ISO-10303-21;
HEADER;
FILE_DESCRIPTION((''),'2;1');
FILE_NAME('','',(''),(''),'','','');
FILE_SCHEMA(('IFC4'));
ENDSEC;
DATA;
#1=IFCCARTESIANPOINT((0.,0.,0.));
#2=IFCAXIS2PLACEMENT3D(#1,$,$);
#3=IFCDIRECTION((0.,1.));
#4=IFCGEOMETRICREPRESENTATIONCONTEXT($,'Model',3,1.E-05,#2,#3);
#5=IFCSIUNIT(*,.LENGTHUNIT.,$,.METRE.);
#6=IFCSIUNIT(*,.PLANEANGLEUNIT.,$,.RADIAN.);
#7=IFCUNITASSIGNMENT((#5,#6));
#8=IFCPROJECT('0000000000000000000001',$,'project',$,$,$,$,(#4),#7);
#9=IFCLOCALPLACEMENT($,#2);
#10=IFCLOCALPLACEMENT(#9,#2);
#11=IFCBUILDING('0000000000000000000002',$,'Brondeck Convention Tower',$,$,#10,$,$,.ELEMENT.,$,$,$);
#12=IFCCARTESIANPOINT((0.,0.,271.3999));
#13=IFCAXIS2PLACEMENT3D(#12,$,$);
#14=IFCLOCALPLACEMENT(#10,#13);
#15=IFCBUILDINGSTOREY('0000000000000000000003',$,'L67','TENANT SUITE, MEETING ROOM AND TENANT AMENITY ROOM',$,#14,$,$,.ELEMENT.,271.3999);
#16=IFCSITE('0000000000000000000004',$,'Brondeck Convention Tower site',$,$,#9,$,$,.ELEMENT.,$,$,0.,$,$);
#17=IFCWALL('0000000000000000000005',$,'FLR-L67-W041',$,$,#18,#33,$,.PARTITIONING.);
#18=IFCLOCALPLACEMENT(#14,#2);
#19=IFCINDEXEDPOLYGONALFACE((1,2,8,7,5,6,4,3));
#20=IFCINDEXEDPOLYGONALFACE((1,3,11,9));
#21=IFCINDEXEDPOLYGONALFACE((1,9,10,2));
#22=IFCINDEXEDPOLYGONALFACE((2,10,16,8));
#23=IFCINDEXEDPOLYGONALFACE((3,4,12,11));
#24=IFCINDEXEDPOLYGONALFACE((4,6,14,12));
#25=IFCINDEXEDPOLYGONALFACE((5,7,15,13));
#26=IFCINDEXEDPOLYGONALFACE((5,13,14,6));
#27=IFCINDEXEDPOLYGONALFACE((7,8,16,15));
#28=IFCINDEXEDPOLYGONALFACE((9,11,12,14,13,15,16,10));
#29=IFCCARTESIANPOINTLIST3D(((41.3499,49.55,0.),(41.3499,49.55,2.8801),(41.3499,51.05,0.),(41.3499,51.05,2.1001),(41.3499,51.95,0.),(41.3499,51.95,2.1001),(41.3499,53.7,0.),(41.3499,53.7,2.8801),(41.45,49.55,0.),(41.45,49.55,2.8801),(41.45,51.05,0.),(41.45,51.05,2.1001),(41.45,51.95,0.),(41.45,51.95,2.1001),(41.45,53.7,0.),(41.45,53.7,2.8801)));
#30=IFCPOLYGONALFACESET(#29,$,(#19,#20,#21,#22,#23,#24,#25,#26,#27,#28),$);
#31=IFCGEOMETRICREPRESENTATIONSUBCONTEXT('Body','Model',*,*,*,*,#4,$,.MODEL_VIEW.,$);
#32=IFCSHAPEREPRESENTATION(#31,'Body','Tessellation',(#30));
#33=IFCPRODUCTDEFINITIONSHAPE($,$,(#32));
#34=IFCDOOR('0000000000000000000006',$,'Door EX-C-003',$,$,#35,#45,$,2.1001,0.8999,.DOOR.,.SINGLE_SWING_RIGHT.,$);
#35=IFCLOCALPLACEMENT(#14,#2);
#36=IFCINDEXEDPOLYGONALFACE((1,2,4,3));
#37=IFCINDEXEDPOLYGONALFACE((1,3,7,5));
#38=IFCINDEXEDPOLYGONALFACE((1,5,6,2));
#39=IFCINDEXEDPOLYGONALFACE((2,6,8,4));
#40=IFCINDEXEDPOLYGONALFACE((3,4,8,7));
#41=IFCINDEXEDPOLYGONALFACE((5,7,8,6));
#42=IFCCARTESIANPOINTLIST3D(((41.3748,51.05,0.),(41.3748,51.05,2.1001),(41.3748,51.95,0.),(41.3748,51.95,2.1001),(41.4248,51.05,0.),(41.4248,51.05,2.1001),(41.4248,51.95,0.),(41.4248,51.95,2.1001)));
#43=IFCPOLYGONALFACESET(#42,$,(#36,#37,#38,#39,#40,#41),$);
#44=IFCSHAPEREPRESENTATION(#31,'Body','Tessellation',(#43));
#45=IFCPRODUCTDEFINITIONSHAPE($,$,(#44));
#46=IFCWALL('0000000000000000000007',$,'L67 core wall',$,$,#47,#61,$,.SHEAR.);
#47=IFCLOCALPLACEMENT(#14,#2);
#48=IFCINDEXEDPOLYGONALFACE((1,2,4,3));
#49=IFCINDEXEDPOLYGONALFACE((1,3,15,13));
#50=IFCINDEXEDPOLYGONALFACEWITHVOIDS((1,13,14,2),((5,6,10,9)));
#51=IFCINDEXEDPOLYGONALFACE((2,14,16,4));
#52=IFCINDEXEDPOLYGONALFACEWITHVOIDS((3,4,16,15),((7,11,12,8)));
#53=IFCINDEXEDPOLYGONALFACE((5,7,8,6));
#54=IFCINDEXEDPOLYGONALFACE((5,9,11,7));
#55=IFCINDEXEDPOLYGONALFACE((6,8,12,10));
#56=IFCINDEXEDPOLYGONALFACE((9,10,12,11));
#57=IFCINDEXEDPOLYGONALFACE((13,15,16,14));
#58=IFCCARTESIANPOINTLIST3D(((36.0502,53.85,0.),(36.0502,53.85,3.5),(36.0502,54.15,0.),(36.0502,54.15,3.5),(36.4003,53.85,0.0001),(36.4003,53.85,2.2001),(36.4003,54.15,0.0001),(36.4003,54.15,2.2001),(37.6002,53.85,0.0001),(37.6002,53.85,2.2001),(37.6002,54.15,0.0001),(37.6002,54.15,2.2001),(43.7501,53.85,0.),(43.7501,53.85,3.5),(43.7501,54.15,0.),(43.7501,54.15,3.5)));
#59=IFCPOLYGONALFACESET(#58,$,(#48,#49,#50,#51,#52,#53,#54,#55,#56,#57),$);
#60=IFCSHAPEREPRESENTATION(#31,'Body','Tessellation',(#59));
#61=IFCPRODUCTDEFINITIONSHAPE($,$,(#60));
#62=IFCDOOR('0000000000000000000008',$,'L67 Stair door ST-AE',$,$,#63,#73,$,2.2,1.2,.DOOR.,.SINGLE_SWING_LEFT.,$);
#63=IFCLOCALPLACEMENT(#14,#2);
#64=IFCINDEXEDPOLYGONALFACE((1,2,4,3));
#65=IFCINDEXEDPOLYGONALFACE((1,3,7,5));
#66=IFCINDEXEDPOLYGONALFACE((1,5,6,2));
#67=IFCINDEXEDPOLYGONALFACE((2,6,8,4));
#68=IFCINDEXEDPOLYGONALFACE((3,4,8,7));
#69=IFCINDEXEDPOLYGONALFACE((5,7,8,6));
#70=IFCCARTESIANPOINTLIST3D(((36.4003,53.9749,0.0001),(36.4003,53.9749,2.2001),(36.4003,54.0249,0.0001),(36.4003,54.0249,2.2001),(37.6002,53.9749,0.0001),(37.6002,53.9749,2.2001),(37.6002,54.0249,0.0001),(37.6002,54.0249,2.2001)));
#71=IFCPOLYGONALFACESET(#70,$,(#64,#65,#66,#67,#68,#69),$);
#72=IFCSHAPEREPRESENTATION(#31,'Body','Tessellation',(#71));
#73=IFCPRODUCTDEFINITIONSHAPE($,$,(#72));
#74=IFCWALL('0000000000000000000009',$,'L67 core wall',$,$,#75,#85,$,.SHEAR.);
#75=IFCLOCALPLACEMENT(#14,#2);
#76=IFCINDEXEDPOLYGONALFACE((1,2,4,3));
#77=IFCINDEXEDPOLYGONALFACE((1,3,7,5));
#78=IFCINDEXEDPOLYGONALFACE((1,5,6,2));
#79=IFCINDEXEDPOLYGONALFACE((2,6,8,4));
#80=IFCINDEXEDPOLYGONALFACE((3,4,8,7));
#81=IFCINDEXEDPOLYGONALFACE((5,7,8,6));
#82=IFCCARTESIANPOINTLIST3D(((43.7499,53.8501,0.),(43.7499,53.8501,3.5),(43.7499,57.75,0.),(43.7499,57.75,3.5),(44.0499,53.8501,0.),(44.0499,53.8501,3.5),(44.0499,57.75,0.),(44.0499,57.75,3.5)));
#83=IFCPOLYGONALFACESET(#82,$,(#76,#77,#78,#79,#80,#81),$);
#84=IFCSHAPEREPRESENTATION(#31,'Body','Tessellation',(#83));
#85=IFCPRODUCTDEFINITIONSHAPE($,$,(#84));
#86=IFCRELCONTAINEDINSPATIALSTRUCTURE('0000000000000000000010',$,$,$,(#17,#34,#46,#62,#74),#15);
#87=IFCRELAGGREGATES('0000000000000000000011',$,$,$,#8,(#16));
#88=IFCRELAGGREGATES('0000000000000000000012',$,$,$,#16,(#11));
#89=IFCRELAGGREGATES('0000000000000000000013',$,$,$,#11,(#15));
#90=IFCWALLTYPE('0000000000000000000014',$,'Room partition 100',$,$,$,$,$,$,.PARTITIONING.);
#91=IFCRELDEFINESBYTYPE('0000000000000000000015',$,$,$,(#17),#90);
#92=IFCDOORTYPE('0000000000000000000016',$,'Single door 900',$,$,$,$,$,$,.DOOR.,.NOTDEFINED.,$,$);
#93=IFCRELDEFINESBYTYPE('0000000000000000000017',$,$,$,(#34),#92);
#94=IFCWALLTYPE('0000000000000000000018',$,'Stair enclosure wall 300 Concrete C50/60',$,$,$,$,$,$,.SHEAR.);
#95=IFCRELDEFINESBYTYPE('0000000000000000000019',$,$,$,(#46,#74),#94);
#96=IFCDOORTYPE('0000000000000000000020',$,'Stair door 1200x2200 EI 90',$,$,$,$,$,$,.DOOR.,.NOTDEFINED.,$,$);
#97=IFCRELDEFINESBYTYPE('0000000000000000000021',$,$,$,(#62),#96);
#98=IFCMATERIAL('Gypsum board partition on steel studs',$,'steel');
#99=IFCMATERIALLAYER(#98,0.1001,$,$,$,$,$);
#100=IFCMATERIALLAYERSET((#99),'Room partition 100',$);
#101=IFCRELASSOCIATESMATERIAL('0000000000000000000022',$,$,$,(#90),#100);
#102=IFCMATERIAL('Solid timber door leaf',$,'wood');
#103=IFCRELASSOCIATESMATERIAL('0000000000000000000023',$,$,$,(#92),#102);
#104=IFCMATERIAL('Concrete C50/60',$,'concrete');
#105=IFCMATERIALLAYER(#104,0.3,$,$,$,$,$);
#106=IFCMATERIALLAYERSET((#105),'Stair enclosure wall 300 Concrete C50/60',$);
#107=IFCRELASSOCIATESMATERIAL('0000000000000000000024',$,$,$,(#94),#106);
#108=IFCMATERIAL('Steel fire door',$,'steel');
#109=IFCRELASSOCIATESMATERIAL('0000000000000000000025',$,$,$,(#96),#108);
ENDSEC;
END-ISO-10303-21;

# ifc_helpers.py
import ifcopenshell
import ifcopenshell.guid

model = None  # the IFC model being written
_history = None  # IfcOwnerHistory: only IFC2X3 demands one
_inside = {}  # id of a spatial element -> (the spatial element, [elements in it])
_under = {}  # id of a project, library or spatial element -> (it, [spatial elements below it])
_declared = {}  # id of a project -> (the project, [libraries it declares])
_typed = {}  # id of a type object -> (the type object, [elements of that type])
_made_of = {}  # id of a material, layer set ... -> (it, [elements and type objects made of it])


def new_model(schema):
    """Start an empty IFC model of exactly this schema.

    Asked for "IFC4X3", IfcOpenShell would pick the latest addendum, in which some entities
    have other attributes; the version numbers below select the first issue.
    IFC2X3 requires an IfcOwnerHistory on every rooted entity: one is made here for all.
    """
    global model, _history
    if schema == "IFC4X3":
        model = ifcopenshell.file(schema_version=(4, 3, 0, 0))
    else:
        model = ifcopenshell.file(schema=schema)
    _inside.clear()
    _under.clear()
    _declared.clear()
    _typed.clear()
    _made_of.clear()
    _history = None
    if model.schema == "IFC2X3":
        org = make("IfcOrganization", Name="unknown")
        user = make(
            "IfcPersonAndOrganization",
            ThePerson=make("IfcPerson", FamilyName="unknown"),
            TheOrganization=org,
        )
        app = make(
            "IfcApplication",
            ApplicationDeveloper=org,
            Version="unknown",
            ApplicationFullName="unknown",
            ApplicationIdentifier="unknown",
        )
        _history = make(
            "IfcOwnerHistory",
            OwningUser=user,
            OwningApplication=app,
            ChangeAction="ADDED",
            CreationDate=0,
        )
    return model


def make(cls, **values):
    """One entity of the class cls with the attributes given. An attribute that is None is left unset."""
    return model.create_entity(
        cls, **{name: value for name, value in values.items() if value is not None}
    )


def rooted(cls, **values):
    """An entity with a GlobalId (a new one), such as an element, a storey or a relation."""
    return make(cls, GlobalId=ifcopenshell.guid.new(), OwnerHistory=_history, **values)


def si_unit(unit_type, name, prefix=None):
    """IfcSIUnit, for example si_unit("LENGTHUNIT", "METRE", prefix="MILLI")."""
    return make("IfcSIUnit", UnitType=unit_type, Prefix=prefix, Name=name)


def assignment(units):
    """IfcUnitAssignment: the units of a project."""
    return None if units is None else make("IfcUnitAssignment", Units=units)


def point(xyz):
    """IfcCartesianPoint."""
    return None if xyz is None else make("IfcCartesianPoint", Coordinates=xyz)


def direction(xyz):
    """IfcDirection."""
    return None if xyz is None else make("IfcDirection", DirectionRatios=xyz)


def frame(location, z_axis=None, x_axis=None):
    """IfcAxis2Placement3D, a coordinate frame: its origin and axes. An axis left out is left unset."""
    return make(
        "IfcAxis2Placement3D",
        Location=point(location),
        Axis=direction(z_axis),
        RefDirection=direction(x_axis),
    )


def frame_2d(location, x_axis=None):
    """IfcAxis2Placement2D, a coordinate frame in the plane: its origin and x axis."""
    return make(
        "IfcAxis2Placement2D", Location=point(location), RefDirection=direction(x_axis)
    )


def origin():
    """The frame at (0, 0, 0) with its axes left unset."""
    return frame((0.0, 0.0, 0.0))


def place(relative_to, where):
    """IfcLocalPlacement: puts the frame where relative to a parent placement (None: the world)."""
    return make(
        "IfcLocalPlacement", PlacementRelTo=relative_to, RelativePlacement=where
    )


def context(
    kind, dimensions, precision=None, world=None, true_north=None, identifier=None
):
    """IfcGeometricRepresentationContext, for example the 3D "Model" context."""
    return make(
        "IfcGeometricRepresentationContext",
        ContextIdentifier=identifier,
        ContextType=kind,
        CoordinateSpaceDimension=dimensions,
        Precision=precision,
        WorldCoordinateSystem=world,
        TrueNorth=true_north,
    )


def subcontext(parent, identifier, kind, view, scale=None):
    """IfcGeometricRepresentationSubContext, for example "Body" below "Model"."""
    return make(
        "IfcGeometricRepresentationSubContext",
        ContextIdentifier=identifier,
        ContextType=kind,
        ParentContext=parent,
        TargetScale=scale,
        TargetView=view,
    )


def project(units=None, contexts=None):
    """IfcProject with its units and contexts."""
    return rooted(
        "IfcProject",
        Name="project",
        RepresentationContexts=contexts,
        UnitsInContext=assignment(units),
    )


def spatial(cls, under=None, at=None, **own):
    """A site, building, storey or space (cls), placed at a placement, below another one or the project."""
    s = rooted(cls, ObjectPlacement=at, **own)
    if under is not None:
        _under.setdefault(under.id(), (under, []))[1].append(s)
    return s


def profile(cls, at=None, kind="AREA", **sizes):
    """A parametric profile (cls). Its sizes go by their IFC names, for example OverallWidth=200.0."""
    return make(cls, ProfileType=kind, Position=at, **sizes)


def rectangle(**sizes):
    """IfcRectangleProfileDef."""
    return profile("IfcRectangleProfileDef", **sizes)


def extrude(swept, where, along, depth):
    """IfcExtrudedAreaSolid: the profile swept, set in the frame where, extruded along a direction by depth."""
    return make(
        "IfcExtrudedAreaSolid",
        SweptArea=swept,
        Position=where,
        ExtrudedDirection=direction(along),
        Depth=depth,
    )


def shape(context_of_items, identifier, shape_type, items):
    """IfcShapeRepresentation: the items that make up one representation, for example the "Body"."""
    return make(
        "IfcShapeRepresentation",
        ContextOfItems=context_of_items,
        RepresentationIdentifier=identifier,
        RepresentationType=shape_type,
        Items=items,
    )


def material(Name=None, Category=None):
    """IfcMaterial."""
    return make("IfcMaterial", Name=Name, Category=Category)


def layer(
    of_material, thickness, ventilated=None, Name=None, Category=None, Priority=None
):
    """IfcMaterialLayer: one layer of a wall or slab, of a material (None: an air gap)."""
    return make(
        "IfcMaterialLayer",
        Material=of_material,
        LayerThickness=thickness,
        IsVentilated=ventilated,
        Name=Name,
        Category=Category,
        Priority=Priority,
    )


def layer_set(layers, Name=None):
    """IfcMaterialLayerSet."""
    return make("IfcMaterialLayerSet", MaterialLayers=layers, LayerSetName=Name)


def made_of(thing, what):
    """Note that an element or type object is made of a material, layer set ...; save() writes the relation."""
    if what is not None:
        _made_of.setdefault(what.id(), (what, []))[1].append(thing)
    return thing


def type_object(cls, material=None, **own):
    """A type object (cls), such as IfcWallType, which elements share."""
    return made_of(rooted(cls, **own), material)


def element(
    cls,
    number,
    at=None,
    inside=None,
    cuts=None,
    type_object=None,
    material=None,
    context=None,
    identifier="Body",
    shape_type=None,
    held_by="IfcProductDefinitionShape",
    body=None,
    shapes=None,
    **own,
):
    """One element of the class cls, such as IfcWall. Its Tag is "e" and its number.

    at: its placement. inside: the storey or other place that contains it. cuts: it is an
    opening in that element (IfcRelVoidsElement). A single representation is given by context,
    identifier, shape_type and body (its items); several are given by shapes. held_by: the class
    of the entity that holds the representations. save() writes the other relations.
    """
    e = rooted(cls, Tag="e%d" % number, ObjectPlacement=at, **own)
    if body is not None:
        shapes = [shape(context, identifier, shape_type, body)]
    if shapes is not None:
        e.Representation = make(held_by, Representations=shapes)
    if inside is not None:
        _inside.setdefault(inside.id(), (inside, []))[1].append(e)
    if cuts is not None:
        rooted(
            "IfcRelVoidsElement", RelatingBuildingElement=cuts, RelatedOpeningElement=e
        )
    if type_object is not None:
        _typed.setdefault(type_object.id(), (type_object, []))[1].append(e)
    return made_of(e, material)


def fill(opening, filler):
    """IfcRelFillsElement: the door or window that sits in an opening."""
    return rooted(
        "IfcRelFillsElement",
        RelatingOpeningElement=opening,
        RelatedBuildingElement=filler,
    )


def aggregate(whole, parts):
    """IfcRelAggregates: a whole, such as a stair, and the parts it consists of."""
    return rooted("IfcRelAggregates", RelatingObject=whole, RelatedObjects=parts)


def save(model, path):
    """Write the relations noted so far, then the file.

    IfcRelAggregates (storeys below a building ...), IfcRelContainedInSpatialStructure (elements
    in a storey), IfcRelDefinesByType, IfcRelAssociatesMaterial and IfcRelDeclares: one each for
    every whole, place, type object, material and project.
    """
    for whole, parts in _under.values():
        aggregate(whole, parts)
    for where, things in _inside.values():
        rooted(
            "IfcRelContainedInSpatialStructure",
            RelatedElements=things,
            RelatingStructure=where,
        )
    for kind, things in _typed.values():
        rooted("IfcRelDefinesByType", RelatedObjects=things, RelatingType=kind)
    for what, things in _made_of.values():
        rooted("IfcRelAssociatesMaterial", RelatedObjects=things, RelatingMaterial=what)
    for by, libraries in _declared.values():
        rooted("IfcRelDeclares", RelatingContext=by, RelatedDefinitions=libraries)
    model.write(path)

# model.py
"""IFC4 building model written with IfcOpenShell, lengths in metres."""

from ifc_helpers import new_model, si_unit, direction, frame, frame_2d, origin, place, context, subcontext, project, spatial, rectangle, extrude, material, layer, layer_set, type_object, element, fill, save


model = new_model("IFC4")

# Units and contexts
model_context = context("Model", 3, precision=1e-05, world=origin(), true_north=direction((0.0, 1.0)))
body_context = subcontext(model_context, "Body", "Model", "MODEL_VIEW")
ifc_project = project(units=[si_unit("LENGTHUNIT", "METRE"), si_unit("PLANEANGLEUNIT", "RADIAN")], contexts=[model_context])

# Site, building, storey
site_placement = place(None, origin())
site = spatial("IfcSite", under=ifc_project, at=site_placement, Name="Brondeck Convention Tower site", CompositionType="ELEMENT", RefElevation=0.0)
building_placement = place(site_placement, origin())
building = spatial("IfcBuilding", under=site, at=building_placement, Name="Brondeck Convention Tower", CompositionType="ELEMENT")
storey_placement = place(building_placement, frame((0.0, 0.0, 271.3999)))
storey = spatial("IfcBuildingStorey", under=building, at=storey_placement, Name="L67", Description="TENANT SUITE, MEETING ROOM AND TENANT AMENITY ROOM", CompositionType="ELEMENT", Elevation=271.3999)

# Shared definitions
ifc_material_1 = material(Name="Concrete C50/60", Category="concrete")

# Shared definitions
ifc_material_2 = material(Name="Gypsum board partition on steel studs", Category="steel")
ifc_layer_1 = layer(ifc_material_2, 0.1001)
ifc_layer_set_1 = layer_set([ifc_layer_1], Name="Room partition 100")
wall_type_1 = type_object("IfcWallType", Name="Room partition 100", PredefinedType="PARTITIONING", material=ifc_layer_set_1)
ifc_material_3 = material(Name="Solid timber door leaf", Category="wood")
door_type_1 = type_object("IfcDoorType", Name="Single door 900", OperationType="NOTDEFINED", PredefinedType="DOOR", material=ifc_material_3)

# Walls, openings, doors
wall_1_placement = place(storey_placement, frame((41.3999, 53.7, 0.0), z_axis=(0.0, 0.0, 1.0), x_axis=(0.0, -1.0, 0.0)))
wall_1 = element("IfcWall", 1, at=wall_1_placement, inside=storey, type_object=wall_type_1, Name="FLR-L67-W041", PredefinedType="PARTITIONING", context=body_context, shape_type="SweptSolid", body=[
    extrude(rectangle(XDim=4.1499, YDim=0.1001, at=frame_2d((2.075, 0.0))), origin(), (0.0, 0.0, 1.0), 2.8801),
])
opening_1_placement = place(wall_1_placement, frame((1.75, 0.0, 0.0)))
opening_1 = element("IfcOpeningElement", 2, at=opening_1_placement, cuts=wall_1, PredefinedType="OPENING", context=body_context, shape_type="SweptSolid", body=[
    extrude(rectangle(XDim=0.8999, YDim=2.1001, at=frame_2d((0.45, 1.05))), frame((0.0, 0.0601, 0.0), z_axis=(0.0, -1.0, 0.0), x_axis=(1.0, 0.0, 0.0)), (0.0, 0.0, 1.0), 0.1201),
])
door_1_placement = place(opening_1_placement, origin())
door_1 = element("IfcDoor", 3, at=door_1_placement, inside=storey, type_object=door_type_1, Name="Door EX-C-003", OperationType="SINGLE_SWING_RIGHT", OverallHeight=2.1001, OverallWidth=0.8999, PredefinedType="DOOR", context=body_context, shape_type="SweptSolid", body=[
    extrude(rectangle(XDim=0.8999, YDim=2.1001, at=frame_2d((0.45, 1.05))), frame((0.0, 0.0249, 0.0), z_axis=(0.0, -1.0, 0.0), x_axis=(1.0, 0.0, 0.0)), (0.0, 0.0, 1.0), 0.05),
])
fill(opening_1, door_1)
ifc_layer_2 = layer(ifc_material_1, 0.3)
ifc_layer_set_2 = layer_set([ifc_layer_2], Name="Stair enclosure wall 300 Concrete C50/60")
wall_type_2 = type_object("IfcWallType", Name="Stair enclosure wall 300 Concrete C50/60", PredefinedType="SHEAR", material=ifc_layer_set_2)
wall_2_placement = place(storey_placement, frame((36.05, 54.0, 0.0), z_axis=(0.0, 0.0, 1.0), x_axis=(1.0, 0.0, 0.0)))
wall_2 = element("IfcWall", 4, at=wall_2_placement, inside=storey, type_object=wall_type_2, Name="L67 core wall", PredefinedType="SHEAR", context=body_context, shape_type="SweptSolid", body=[
    extrude(rectangle(XDim=7.7, YDim=0.3, at=frame_2d((3.8501, 0.0))), origin(), (0.0, 0.0, 1.0), 3.5),
])
opening_2_placement = place(wall_2_placement, frame((0.3501, 0.0, 0.0)))
opening_2 = element("IfcOpeningElement", 5, at=opening_2_placement, cuts=wall_2, PredefinedType="OPENING", context=body_context, shape_type="SweptSolid", body=[
    extrude(rectangle(XDim=1.2, YDim=2.2, at=frame_2d((0.6001, 1.1001))), frame((0.0, 0.1599, 0.0), z_axis=(0.0, -1.0, 0.0), x_axis=(1.0, 0.0, 0.0)), (0.0, 0.0, 1.0), 0.3201),
])
ifc_material_4 = material(Name="Steel fire door", Category="steel")
door_type_2 = type_object("IfcDoorType", Name="Stair door 1200x2200 EI 90", OperationType="NOTDEFINED", PredefinedType="DOOR", material=ifc_material_4)
door_2_placement = place(opening_2_placement, origin())
door_2 = element("IfcDoor", 6, at=door_2_placement, inside=storey, type_object=door_type_2, Name="L67 Stair door ST-AE", OperationType="SINGLE_SWING_LEFT", OverallHeight=2.2, OverallWidth=1.2, PredefinedType="DOOR", context=body_context, shape_type="SweptSolid", body=[
    extrude(rectangle(XDim=1.2, YDim=2.2, at=frame_2d((0.6001, 1.1001))), frame((0.0, 0.0249, 0.0), z_axis=(0.0, -1.0, 0.0), x_axis=(1.0, 0.0, 0.0)), (0.0, 0.0, 1.0), 0.05),
])
fill(opening_2, door_2)

# Wall
wall_3_placement = place(storey_placement, frame((43.8999, 53.8501, 0.0), z_axis=(0.0, 0.0, 1.0), x_axis=(0.0, 1.0, 0.0)))
element("IfcWall", 7, at=wall_3_placement, inside=storey, type_object=wall_type_2, Name="L67 core wall", PredefinedType="SHEAR", context=body_context, shape_type="SweptSolid", body=[
    extrude(rectangle(XDim=3.8999, YDim=0.3, at=frame_2d((1.95, 0.0))), origin(), (0.0, 0.0, 1.0), 3.5),
])

save(model, "model.ifc")
